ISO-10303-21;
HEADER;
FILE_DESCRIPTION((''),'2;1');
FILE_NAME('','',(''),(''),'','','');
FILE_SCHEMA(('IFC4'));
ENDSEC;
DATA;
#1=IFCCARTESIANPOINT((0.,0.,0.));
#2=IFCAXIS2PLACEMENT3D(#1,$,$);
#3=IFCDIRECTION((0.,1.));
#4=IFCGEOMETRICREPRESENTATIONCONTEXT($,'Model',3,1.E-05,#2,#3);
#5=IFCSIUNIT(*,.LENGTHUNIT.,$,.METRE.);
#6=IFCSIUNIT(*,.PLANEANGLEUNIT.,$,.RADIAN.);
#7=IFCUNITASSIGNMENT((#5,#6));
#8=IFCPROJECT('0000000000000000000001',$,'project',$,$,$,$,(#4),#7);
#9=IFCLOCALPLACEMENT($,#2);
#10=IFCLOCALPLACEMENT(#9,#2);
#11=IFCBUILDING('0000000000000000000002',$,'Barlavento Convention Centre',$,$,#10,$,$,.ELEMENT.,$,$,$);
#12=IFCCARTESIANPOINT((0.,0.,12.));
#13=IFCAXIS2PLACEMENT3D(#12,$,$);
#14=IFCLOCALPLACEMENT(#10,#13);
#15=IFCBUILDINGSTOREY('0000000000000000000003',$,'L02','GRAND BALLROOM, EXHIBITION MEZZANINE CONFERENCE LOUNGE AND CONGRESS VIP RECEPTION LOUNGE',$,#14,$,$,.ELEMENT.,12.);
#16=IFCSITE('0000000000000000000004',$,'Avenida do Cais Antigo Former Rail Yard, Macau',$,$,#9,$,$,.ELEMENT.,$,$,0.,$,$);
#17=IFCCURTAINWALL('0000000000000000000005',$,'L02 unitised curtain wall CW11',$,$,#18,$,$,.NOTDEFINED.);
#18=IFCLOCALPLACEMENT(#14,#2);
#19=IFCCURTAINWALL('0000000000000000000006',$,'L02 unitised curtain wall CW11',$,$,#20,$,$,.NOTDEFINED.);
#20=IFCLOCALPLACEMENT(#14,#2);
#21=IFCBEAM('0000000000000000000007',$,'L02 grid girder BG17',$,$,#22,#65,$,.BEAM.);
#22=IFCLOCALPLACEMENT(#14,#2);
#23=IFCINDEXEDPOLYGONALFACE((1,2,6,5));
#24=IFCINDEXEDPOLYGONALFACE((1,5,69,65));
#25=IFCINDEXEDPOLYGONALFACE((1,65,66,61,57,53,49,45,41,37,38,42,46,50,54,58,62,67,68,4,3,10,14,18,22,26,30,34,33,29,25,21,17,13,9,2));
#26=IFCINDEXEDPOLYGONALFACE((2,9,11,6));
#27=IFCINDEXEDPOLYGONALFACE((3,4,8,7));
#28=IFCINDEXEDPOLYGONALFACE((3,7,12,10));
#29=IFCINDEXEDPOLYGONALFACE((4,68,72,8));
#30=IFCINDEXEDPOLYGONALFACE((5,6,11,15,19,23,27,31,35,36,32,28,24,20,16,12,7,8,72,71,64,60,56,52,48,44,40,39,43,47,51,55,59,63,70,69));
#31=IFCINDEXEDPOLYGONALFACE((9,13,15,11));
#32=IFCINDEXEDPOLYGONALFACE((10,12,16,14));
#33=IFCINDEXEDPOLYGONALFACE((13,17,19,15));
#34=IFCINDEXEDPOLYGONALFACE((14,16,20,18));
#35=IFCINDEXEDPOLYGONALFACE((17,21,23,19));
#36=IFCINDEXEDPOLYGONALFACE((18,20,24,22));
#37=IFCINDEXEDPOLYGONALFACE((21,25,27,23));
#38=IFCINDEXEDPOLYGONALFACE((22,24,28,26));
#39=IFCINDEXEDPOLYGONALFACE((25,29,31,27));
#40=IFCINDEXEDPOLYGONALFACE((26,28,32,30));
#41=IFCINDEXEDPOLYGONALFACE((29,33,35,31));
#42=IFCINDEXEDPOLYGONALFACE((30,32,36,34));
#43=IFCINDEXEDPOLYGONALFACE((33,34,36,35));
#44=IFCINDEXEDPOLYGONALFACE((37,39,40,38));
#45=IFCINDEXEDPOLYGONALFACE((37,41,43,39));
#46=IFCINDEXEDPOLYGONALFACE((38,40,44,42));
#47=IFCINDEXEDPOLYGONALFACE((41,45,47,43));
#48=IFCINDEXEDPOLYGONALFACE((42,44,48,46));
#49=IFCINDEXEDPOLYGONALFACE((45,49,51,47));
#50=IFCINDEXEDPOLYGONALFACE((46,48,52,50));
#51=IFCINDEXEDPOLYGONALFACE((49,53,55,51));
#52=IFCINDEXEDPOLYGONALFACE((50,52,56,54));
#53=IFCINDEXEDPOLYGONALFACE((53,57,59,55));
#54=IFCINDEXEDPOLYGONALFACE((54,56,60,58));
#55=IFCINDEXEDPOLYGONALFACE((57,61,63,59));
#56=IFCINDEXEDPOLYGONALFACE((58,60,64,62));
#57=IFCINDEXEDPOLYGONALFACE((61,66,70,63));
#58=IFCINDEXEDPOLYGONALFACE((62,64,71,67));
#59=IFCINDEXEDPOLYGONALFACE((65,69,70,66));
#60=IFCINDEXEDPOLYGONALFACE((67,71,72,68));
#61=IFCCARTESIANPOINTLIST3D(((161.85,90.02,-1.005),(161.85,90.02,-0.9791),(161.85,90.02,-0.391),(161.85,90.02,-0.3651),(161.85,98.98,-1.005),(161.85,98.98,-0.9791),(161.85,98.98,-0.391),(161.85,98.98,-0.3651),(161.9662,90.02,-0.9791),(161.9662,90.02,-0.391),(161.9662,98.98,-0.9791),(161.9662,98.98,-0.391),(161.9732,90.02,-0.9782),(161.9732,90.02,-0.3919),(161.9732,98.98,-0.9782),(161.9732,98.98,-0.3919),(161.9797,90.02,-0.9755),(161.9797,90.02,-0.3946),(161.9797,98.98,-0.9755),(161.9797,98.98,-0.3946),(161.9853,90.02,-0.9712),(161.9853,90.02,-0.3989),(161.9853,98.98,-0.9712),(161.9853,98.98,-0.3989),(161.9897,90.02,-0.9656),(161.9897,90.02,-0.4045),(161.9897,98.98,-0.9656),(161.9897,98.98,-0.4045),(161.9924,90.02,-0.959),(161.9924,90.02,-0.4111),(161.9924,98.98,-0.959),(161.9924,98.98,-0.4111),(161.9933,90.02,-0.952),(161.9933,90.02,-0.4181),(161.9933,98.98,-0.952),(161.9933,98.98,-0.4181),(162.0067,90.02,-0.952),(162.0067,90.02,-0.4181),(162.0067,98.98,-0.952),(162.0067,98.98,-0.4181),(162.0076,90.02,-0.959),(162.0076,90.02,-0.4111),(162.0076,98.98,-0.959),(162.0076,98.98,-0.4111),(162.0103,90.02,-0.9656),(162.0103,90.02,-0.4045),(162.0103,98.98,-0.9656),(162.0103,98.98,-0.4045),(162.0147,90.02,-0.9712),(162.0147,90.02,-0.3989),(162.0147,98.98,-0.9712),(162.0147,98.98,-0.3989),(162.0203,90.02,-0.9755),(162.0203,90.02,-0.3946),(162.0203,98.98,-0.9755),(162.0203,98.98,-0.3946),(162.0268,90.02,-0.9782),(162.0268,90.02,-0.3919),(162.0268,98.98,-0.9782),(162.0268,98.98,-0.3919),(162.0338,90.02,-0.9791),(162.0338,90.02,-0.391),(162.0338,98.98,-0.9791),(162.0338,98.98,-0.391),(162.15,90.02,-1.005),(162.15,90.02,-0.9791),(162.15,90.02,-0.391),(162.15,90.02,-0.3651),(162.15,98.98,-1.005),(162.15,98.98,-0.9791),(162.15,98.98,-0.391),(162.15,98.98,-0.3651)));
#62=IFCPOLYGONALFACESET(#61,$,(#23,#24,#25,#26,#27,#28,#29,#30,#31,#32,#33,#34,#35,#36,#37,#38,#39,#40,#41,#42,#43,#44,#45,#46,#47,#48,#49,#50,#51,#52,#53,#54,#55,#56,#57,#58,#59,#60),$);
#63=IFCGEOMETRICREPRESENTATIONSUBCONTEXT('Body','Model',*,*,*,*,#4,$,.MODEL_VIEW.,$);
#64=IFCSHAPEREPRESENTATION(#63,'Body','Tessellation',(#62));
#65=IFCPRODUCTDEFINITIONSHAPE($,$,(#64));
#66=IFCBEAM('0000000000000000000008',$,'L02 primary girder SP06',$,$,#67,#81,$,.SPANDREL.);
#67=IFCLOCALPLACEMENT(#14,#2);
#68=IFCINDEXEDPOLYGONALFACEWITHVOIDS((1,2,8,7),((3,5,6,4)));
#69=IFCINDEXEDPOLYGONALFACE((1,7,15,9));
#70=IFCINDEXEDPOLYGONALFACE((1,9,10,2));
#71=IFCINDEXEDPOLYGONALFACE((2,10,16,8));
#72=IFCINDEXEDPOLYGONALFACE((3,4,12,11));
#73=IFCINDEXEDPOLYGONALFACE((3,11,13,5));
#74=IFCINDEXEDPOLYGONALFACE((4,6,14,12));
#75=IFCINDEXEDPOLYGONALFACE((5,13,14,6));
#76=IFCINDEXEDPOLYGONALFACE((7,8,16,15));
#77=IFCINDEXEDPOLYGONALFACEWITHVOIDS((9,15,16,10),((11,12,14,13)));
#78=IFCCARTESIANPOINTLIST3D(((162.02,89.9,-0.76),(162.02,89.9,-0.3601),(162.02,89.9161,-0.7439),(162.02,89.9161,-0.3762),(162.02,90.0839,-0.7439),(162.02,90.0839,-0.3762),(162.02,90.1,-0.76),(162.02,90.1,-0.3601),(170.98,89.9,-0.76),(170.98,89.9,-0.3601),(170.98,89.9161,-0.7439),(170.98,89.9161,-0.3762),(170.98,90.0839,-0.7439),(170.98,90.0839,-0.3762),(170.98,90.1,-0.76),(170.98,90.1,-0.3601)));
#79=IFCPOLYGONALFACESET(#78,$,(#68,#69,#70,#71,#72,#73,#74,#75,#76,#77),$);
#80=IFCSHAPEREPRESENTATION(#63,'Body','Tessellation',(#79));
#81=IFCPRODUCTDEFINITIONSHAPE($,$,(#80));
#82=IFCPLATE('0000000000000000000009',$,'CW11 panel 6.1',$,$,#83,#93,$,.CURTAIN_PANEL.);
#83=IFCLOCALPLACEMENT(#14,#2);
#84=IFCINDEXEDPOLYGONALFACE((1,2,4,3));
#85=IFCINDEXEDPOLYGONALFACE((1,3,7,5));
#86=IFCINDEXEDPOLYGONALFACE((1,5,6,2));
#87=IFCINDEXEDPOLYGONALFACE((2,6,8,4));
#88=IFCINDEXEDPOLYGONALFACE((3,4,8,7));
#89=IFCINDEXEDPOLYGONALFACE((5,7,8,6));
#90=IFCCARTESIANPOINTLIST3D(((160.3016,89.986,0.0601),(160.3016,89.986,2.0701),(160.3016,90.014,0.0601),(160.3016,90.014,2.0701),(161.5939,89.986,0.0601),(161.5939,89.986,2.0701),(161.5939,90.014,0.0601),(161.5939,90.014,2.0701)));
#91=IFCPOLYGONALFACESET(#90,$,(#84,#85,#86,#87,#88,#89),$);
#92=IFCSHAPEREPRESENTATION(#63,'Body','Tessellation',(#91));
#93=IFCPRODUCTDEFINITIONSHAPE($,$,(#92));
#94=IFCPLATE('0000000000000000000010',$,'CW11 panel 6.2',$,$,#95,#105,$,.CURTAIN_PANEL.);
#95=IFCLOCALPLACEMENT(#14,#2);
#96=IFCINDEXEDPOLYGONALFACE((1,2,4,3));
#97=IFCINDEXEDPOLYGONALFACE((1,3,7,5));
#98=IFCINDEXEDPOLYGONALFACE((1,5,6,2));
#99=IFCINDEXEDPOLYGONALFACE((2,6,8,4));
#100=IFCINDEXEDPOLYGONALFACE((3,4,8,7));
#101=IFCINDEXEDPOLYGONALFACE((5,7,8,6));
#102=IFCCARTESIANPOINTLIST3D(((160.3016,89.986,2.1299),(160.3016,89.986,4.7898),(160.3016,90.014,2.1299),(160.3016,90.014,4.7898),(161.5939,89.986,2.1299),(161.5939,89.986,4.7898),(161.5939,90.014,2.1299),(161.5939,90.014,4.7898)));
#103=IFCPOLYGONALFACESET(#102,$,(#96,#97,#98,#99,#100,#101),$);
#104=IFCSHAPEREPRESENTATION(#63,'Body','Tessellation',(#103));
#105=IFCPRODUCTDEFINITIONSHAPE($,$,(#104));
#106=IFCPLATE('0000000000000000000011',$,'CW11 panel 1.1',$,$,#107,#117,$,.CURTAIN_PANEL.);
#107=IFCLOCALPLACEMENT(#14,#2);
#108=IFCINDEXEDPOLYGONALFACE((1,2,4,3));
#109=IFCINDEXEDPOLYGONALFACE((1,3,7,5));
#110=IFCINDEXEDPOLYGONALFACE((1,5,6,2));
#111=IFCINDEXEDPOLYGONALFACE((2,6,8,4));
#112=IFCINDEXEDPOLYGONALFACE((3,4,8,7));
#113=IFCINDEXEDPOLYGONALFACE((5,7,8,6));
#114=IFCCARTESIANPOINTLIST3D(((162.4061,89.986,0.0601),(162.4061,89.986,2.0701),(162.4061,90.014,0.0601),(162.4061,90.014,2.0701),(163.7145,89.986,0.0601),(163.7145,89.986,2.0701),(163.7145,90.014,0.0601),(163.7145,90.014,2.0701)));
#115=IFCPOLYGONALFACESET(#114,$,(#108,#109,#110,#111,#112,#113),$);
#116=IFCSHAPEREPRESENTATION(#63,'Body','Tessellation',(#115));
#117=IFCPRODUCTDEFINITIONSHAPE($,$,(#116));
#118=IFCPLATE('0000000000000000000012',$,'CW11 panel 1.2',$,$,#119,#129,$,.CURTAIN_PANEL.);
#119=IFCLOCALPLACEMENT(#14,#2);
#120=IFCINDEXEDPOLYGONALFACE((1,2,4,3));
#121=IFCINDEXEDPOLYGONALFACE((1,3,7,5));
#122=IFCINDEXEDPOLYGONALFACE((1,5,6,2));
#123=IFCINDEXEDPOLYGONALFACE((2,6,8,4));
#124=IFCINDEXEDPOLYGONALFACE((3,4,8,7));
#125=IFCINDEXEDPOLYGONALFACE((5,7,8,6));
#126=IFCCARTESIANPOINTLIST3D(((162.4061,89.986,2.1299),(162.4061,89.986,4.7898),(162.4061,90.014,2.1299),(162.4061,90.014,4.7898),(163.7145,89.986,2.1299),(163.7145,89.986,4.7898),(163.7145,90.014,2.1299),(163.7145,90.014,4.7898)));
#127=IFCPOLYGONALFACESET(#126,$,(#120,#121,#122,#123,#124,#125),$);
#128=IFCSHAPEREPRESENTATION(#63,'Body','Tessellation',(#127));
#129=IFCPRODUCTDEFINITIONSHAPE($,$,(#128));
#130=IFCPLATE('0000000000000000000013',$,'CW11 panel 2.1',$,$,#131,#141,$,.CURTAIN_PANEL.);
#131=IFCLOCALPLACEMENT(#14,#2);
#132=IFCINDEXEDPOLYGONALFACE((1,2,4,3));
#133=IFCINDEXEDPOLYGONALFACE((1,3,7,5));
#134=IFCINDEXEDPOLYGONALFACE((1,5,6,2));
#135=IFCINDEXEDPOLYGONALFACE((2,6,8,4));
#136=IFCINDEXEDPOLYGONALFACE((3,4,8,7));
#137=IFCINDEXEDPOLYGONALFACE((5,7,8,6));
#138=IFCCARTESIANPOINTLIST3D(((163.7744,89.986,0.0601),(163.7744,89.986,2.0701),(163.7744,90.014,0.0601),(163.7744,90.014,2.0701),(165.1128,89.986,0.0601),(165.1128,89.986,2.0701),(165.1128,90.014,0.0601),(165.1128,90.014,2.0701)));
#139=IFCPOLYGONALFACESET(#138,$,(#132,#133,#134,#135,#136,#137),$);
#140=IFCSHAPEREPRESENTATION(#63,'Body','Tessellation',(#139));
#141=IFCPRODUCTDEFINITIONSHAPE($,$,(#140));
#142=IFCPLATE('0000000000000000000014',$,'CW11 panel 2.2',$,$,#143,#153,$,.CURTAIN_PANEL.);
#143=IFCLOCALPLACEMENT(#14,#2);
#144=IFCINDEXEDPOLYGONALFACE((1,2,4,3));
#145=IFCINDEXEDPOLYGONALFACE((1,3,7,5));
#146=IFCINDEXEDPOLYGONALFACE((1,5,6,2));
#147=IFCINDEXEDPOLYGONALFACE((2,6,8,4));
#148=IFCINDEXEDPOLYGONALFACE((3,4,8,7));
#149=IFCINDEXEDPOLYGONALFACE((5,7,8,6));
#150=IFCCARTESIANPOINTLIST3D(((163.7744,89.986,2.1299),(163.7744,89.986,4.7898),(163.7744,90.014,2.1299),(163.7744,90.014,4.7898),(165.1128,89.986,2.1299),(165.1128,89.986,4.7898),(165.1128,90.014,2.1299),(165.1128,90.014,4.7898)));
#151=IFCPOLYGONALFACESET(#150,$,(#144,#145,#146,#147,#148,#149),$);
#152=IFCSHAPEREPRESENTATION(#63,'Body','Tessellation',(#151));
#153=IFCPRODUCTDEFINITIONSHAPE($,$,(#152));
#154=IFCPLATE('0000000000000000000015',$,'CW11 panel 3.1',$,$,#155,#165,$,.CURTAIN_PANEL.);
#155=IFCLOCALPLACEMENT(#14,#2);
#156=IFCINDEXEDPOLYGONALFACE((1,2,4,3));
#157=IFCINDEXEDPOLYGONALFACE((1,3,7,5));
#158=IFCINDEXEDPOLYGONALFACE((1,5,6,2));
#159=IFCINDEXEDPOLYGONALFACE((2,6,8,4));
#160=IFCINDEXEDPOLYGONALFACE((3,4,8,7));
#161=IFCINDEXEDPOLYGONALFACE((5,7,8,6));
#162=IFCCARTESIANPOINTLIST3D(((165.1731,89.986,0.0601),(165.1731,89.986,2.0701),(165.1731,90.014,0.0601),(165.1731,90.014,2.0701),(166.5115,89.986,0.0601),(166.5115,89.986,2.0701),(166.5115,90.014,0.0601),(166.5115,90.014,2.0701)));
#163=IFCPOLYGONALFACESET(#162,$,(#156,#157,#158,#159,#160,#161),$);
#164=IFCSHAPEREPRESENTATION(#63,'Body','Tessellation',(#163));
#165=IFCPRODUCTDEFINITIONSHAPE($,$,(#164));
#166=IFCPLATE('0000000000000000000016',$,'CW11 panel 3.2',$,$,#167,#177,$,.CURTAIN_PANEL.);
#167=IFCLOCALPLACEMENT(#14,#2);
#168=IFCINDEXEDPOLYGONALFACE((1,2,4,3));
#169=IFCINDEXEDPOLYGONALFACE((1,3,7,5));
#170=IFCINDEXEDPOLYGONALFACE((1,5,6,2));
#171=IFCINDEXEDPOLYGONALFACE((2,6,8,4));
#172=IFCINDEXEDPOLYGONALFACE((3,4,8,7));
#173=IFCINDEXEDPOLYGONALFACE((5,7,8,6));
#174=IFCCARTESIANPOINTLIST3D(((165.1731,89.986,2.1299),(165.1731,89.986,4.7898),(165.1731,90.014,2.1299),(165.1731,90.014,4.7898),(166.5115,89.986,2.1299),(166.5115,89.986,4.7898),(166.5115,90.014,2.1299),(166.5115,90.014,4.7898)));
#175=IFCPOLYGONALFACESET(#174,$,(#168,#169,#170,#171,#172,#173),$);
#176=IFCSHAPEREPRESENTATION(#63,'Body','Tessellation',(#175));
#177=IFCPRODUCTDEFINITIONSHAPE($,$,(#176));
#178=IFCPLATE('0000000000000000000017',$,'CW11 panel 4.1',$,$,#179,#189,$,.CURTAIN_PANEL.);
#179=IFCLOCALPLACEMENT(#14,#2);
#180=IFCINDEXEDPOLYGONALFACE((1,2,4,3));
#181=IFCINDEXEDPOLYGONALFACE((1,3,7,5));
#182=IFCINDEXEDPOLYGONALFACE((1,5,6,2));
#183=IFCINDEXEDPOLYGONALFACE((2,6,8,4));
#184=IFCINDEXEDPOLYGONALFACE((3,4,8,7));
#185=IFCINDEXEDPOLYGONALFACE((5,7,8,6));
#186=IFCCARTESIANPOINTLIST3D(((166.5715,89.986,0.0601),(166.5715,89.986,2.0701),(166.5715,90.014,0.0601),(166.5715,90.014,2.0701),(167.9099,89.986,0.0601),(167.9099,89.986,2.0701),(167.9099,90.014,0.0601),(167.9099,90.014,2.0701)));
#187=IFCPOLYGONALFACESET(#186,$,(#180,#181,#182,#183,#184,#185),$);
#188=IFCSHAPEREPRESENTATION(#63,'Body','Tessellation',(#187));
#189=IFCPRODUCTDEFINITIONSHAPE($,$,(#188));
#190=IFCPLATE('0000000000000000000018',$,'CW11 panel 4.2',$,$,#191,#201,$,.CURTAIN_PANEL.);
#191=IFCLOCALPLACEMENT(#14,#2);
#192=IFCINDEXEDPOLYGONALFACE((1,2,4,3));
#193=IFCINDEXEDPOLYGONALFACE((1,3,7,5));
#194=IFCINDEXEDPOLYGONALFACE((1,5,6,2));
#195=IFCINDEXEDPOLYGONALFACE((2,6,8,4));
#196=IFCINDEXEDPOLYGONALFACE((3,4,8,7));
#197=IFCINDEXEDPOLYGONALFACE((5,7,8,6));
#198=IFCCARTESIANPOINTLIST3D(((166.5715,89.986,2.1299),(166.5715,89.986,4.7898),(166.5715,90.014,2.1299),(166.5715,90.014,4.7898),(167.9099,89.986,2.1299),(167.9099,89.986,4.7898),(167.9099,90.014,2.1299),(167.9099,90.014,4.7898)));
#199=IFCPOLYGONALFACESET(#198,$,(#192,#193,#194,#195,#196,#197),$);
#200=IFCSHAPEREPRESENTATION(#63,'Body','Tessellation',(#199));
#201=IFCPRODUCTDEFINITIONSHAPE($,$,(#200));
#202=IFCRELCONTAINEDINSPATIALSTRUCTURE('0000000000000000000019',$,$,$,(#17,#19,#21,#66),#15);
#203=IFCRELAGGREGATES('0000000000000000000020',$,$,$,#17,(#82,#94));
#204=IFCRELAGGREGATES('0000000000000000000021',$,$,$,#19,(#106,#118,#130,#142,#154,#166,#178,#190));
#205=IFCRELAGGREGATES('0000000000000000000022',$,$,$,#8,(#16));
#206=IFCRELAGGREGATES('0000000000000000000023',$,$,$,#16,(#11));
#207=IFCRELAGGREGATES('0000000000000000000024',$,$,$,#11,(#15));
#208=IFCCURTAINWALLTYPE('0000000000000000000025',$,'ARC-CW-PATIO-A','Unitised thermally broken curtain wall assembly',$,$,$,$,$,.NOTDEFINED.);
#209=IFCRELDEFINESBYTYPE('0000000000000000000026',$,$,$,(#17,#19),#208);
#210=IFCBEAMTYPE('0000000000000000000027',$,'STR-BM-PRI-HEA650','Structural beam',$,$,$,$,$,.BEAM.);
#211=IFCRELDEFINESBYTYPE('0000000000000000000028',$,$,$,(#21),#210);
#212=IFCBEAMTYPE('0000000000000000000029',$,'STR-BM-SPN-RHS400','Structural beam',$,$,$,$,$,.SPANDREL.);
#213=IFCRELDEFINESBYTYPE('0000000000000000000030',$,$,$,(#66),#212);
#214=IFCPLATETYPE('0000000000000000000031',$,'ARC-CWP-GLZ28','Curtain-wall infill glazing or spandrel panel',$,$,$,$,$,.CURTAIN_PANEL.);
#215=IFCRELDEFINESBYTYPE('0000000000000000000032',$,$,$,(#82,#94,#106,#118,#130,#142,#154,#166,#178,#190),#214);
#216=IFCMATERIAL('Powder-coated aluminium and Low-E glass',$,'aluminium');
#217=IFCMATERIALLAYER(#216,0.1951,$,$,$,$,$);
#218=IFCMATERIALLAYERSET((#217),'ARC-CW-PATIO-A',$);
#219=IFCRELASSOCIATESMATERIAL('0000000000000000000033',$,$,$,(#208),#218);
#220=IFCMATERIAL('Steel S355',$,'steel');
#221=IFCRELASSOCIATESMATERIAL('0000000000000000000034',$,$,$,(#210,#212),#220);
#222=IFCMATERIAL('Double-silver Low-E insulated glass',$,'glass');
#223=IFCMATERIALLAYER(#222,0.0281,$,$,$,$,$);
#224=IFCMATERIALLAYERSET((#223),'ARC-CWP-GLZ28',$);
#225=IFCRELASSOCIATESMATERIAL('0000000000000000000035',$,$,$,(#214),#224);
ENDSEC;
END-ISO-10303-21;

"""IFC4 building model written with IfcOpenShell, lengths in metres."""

from ifc_helpers import new_model, si_unit, direction, frame, origin, origin_2d, place, context, subcontext, project, spatial, rectangle, hollow_rectangle, i_section, extrude, material, layer, layer_set, material_profile, profile_set, type_object, element, aggregate, save


model = new_model("IFC4")

# Units and contexts
model_context = context("Model", 3, precision=1e-05, world=origin(), true_north=direction((0.0, 1.0)))
body_context = subcontext(model_context, "Body", "Model", "MODEL_VIEW")
ifc_project = project(units=[si_unit("LENGTHUNIT", "METRE"), si_unit("PLANEANGLEUNIT", "RADIAN")], contexts=[model_context])

# Site, building, storey
site_placement = place(None, origin())
site = spatial("IfcSite", under=ifc_project, at=site_placement, Name="Avenida do Cais Antigo Former Rail Yard, Macau", CompositionType="ELEMENT", RefElevation=0.0)
building_placement = place(site_placement, origin())
building = spatial("IfcBuilding", under=site, at=building_placement, Name="Barlavento Convention Centre", CompositionType="ELEMENT")
storey_placement = place(building_placement, frame((0.0, 0.0, 12.0)))
storey = spatial("IfcBuildingStorey", under=building, at=storey_placement, Name="L02", Description="GRAND BALLROOM, EXHIBITION MEZZANINE CONFERENCE LOUNGE AND CONGRESS VIP RECEPTION LOUNGE", CompositionType="ELEMENT", Elevation=12.0)

# Shared definitions
ifc_material_1 = material(Name="Steel S355", Category="steel")

# Curtain wall
ifc_material_2 = material(Name="Powder-coated aluminium and Low-E glass", Category="aluminium")
ifc_layer_1 = layer(ifc_material_2, 0.1951)
ifc_layer_set_1 = layer_set([ifc_layer_1], Name="ARC-CW-PATIO-A")
curtain_wall_type = type_object("IfcCurtainWallType", Name="ARC-CW-PATIO-A", Description="Unitised thermally broken curtain wall assembly", PredefinedType="NOTDEFINED", material=ifc_layer_set_1)
curtain_wall_1_placement = place(storey_placement, origin())
curtain_wall_1 = element("IfcCurtainWall", 1, at=curtain_wall_1_placement, inside=storey, type_object=curtain_wall_type, Name="L02 unitised curtain wall CW11", PredefinedType="NOTDEFINED")

# Curtain wall
curtain_wall_2_placement = place(storey_placement, origin())
curtain_wall_2 = element("IfcCurtainWall", 2, at=curtain_wall_2_placement, inside=storey, type_object=curtain_wall_type, Name="L02 unitised curtain wall CW11", PredefinedType="NOTDEFINED")

# Beams
ifc_material_profile_1 = material_profile(ifc_material_1, i_section(OverallWidth=0.3, OverallDepth=0.6399, WebThickness=0.0134, FlangeThickness=0.0259, FilletRadius=0.0271, at=origin_2d()), Name="HEA 650")
ifc_profile_set_1 = profile_set([ifc_material_profile_1], Name="Steel S355")
beam_type_1 = type_object("IfcBeamType", Name="STR-BM-PRI-HEA650", Description="Structural beam", PredefinedType="BEAM", material=ifc_profile_set_1)
beam_1_placement = place(storey_placement, frame((162.0, 90.02, -0.6851), z_axis=(0.0, 1.0, 0.0), x_axis=(-1.0, 0.0, 0.0)))
element("IfcBeam", 3, at=beam_1_placement, inside=storey, type_object=beam_type_1, Name="L02 grid girder BG17", PredefinedType="BEAM", context=body_context, shape_type="SweptSolid", body=[
    extrude(i_section(OverallWidth=0.3, OverallDepth=0.6399, WebThickness=0.0134, FlangeThickness=0.0259, FilletRadius=0.0271, at=origin_2d()), origin(), (0.0, 0.0, 1.0), 8.96),
])
ifc_material_profile_2 = material_profile(ifc_material_1, hollow_rectangle(XDim=0.2, YDim=0.3999, WallThickness=0.0161, at=origin_2d()), Name="RHS 400x200x16.0")
ifc_profile_set_2 = profile_set([ifc_material_profile_2], Name="Steel S355")
beam_type_2 = type_object("IfcBeamType", Name="STR-BM-SPN-RHS400", Description="Structural beam", PredefinedType="SPANDREL", material=ifc_profile_set_2)
beam_2_placement = place(storey_placement, frame((162.02, 90.0, -0.5601), z_axis=(1.0, 0.0, 0.0), x_axis=(0.0, 1.0, 0.0)))
element("IfcBeam", 4, at=beam_2_placement, inside=storey, type_object=beam_type_2, Name="L02 primary girder SP06", PredefinedType="SPANDREL", context=body_context, shape_type="SweptSolid", body=[
    extrude(hollow_rectangle(XDim=0.2, YDim=0.3999, WallThickness=0.0161, at=origin_2d()), origin(), (0.0, 0.0, 1.0), 8.96),
])

# Plates
ifc_material_3 = material(Name="Double-silver Low-E insulated glass", Category="glass")
ifc_layer_2 = layer(ifc_material_3, 0.0281)
ifc_layer_set_2 = layer_set([ifc_layer_2], Name="ARC-CWP-GLZ28")
plate_type = type_object("IfcPlateType", Name="ARC-CWP-GLZ28", Description="Curtain-wall infill glazing or spandrel panel", PredefinedType="CURTAIN_PANEL", material=ifc_layer_set_2)
plate_1_placement = place(storey_placement, frame((160.9478, 90.0, 0.0601), z_axis=(0.0, 0.0, 1.0), x_axis=(1.0, 0.0, 0.0)))
plate_1 = element("IfcPlate", 5, at=plate_1_placement, type_object=plate_type, Name="CW11 panel 6.1", PredefinedType="CURTAIN_PANEL", context=body_context, shape_type="SweptSolid", body=[
    extrude(rectangle(XDim=1.2922, YDim=0.0281, at=origin_2d()), origin(), (0.0, 0.0, 1.0), 2.01),
])
plate_2_placement = place(storey_placement, frame((160.9478, 90.0, 2.1299), z_axis=(0.0, 0.0, 1.0), x_axis=(1.0, 0.0, 0.0)))
plate_2 = element("IfcPlate", 6, at=plate_2_placement, type_object=plate_type, Name="CW11 panel 6.2", PredefinedType="CURTAIN_PANEL", context=body_context, shape_type="SweptSolid", body=[
    extrude(rectangle(XDim=1.2922, YDim=0.0281, at=origin_2d()), origin(), (0.0, 0.0, 1.0), 2.6599),
])
aggregate(curtain_wall_1, [plate_1, plate_2])
plate_3_placement = place(storey_placement, frame((163.0603, 90.0, 0.0601), z_axis=(0.0, 0.0, 1.0), x_axis=(1.0, 0.0, 0.0)))
plate_3 = element("IfcPlate", 7, at=plate_3_placement, type_object=plate_type, Name="CW11 panel 1.1", PredefinedType="CURTAIN_PANEL", context=body_context, shape_type="SweptSolid", body=[
    extrude(rectangle(XDim=1.3083, YDim=0.0281, at=origin_2d()), origin(), (0.0, 0.0, 1.0), 2.01),
])
plate_4_placement = place(storey_placement, frame((163.0603, 90.0, 2.1299), z_axis=(0.0, 0.0, 1.0), x_axis=(1.0, 0.0, 0.0)))
plate_4 = element("IfcPlate", 8, at=plate_4_placement, type_object=plate_type, Name="CW11 panel 1.2", PredefinedType="CURTAIN_PANEL", context=body_context, shape_type="SweptSolid", body=[
    extrude(rectangle(XDim=1.3083, YDim=0.0281, at=origin_2d()), origin(), (0.0, 0.0, 1.0), 2.6599),
])
plate_5_placement = place(storey_placement, frame((164.4436, 90.0, 0.0601), z_axis=(0.0, 0.0, 1.0), x_axis=(1.0, 0.0, 0.0)))
plate_5 = element("IfcPlate", 9, at=plate_5_placement, type_object=plate_type, Name="CW11 panel 2.1", PredefinedType="CURTAIN_PANEL", context=body_context, shape_type="SweptSolid", body=[
    extrude(rectangle(XDim=1.3384, YDim=0.0281, at=origin_2d()), origin(), (0.0, 0.0, 1.0), 2.01),
])
plate_6_placement = place(storey_placement, frame((164.4436, 90.0, 2.1299), z_axis=(0.0, 0.0, 1.0), x_axis=(1.0, 0.0, 0.0)))
plate_6 = element("IfcPlate", 10, at=plate_6_placement, type_object=plate_type, Name="CW11 panel 2.2", PredefinedType="CURTAIN_PANEL", context=body_context, shape_type="SweptSolid", body=[
    extrude(rectangle(XDim=1.3384, YDim=0.0281, at=origin_2d()), origin(), (0.0, 0.0, 1.0), 2.6599),
])
plate_7_placement = place(storey_placement, frame((165.8423, 90.0, 0.0601), z_axis=(0.0, 0.0, 1.0), x_axis=(1.0, 0.0, 0.0)))
plate_7 = element("IfcPlate", 11, at=plate_7_placement, type_object=plate_type, Name="CW11 panel 3.1", PredefinedType="CURTAIN_PANEL", context=body_context, shape_type="SweptSolid", body=[
    extrude(rectangle(XDim=1.3384, YDim=0.0281, at=origin_2d()), origin(), (0.0, 0.0, 1.0), 2.01),
])
plate_8_placement = place(storey_placement, frame((165.8423, 90.0, 2.1299), z_axis=(0.0, 0.0, 1.0), x_axis=(1.0, 0.0, 0.0)))
plate_8 = element("IfcPlate", 12, at=plate_8_placement, type_object=plate_type, Name="CW11 panel 3.2", PredefinedType="CURTAIN_PANEL", context=body_context, shape_type="SweptSolid", body=[
    extrude(rectangle(XDim=1.3384, YDim=0.0281, at=origin_2d()), origin(), (0.0, 0.0, 1.0), 2.6599),
])
plate_9_placement = place(storey_placement, frame((167.2407, 90.0, 0.0601), z_axis=(0.0, 0.0, 1.0), x_axis=(1.0, 0.0, 0.0)))
plate_9 = element("IfcPlate", 13, at=plate_9_placement, type_object=plate_type, Name="CW11 panel 4.1", PredefinedType="CURTAIN_PANEL", context=body_context, shape_type="SweptSolid", body=[
    extrude(rectangle(XDim=1.3384, YDim=0.0281, at=origin_2d()), origin(), (0.0, 0.0, 1.0), 2.01),
])
plate_10_placement = place(storey_placement, frame((167.2407, 90.0, 2.1299), z_axis=(0.0, 0.0, 1.0), x_axis=(1.0, 0.0, 0.0)))
plate_10 = element("IfcPlate", 14, at=plate_10_placement, type_object=plate_type, Name="CW11 panel 4.2", PredefinedType="CURTAIN_PANEL", context=body_context, shape_type="SweptSolid", body=[
    extrude(rectangle(XDim=1.3384, YDim=0.0281, at=origin_2d()), origin(), (0.0, 0.0, 1.0), 2.6599),
])
aggregate(curtain_wall_2, [plate_3, plate_4, plate_5, plate_6, plate_7, plate_8, plate_9, plate_10])

save(model, "model.ifc")
